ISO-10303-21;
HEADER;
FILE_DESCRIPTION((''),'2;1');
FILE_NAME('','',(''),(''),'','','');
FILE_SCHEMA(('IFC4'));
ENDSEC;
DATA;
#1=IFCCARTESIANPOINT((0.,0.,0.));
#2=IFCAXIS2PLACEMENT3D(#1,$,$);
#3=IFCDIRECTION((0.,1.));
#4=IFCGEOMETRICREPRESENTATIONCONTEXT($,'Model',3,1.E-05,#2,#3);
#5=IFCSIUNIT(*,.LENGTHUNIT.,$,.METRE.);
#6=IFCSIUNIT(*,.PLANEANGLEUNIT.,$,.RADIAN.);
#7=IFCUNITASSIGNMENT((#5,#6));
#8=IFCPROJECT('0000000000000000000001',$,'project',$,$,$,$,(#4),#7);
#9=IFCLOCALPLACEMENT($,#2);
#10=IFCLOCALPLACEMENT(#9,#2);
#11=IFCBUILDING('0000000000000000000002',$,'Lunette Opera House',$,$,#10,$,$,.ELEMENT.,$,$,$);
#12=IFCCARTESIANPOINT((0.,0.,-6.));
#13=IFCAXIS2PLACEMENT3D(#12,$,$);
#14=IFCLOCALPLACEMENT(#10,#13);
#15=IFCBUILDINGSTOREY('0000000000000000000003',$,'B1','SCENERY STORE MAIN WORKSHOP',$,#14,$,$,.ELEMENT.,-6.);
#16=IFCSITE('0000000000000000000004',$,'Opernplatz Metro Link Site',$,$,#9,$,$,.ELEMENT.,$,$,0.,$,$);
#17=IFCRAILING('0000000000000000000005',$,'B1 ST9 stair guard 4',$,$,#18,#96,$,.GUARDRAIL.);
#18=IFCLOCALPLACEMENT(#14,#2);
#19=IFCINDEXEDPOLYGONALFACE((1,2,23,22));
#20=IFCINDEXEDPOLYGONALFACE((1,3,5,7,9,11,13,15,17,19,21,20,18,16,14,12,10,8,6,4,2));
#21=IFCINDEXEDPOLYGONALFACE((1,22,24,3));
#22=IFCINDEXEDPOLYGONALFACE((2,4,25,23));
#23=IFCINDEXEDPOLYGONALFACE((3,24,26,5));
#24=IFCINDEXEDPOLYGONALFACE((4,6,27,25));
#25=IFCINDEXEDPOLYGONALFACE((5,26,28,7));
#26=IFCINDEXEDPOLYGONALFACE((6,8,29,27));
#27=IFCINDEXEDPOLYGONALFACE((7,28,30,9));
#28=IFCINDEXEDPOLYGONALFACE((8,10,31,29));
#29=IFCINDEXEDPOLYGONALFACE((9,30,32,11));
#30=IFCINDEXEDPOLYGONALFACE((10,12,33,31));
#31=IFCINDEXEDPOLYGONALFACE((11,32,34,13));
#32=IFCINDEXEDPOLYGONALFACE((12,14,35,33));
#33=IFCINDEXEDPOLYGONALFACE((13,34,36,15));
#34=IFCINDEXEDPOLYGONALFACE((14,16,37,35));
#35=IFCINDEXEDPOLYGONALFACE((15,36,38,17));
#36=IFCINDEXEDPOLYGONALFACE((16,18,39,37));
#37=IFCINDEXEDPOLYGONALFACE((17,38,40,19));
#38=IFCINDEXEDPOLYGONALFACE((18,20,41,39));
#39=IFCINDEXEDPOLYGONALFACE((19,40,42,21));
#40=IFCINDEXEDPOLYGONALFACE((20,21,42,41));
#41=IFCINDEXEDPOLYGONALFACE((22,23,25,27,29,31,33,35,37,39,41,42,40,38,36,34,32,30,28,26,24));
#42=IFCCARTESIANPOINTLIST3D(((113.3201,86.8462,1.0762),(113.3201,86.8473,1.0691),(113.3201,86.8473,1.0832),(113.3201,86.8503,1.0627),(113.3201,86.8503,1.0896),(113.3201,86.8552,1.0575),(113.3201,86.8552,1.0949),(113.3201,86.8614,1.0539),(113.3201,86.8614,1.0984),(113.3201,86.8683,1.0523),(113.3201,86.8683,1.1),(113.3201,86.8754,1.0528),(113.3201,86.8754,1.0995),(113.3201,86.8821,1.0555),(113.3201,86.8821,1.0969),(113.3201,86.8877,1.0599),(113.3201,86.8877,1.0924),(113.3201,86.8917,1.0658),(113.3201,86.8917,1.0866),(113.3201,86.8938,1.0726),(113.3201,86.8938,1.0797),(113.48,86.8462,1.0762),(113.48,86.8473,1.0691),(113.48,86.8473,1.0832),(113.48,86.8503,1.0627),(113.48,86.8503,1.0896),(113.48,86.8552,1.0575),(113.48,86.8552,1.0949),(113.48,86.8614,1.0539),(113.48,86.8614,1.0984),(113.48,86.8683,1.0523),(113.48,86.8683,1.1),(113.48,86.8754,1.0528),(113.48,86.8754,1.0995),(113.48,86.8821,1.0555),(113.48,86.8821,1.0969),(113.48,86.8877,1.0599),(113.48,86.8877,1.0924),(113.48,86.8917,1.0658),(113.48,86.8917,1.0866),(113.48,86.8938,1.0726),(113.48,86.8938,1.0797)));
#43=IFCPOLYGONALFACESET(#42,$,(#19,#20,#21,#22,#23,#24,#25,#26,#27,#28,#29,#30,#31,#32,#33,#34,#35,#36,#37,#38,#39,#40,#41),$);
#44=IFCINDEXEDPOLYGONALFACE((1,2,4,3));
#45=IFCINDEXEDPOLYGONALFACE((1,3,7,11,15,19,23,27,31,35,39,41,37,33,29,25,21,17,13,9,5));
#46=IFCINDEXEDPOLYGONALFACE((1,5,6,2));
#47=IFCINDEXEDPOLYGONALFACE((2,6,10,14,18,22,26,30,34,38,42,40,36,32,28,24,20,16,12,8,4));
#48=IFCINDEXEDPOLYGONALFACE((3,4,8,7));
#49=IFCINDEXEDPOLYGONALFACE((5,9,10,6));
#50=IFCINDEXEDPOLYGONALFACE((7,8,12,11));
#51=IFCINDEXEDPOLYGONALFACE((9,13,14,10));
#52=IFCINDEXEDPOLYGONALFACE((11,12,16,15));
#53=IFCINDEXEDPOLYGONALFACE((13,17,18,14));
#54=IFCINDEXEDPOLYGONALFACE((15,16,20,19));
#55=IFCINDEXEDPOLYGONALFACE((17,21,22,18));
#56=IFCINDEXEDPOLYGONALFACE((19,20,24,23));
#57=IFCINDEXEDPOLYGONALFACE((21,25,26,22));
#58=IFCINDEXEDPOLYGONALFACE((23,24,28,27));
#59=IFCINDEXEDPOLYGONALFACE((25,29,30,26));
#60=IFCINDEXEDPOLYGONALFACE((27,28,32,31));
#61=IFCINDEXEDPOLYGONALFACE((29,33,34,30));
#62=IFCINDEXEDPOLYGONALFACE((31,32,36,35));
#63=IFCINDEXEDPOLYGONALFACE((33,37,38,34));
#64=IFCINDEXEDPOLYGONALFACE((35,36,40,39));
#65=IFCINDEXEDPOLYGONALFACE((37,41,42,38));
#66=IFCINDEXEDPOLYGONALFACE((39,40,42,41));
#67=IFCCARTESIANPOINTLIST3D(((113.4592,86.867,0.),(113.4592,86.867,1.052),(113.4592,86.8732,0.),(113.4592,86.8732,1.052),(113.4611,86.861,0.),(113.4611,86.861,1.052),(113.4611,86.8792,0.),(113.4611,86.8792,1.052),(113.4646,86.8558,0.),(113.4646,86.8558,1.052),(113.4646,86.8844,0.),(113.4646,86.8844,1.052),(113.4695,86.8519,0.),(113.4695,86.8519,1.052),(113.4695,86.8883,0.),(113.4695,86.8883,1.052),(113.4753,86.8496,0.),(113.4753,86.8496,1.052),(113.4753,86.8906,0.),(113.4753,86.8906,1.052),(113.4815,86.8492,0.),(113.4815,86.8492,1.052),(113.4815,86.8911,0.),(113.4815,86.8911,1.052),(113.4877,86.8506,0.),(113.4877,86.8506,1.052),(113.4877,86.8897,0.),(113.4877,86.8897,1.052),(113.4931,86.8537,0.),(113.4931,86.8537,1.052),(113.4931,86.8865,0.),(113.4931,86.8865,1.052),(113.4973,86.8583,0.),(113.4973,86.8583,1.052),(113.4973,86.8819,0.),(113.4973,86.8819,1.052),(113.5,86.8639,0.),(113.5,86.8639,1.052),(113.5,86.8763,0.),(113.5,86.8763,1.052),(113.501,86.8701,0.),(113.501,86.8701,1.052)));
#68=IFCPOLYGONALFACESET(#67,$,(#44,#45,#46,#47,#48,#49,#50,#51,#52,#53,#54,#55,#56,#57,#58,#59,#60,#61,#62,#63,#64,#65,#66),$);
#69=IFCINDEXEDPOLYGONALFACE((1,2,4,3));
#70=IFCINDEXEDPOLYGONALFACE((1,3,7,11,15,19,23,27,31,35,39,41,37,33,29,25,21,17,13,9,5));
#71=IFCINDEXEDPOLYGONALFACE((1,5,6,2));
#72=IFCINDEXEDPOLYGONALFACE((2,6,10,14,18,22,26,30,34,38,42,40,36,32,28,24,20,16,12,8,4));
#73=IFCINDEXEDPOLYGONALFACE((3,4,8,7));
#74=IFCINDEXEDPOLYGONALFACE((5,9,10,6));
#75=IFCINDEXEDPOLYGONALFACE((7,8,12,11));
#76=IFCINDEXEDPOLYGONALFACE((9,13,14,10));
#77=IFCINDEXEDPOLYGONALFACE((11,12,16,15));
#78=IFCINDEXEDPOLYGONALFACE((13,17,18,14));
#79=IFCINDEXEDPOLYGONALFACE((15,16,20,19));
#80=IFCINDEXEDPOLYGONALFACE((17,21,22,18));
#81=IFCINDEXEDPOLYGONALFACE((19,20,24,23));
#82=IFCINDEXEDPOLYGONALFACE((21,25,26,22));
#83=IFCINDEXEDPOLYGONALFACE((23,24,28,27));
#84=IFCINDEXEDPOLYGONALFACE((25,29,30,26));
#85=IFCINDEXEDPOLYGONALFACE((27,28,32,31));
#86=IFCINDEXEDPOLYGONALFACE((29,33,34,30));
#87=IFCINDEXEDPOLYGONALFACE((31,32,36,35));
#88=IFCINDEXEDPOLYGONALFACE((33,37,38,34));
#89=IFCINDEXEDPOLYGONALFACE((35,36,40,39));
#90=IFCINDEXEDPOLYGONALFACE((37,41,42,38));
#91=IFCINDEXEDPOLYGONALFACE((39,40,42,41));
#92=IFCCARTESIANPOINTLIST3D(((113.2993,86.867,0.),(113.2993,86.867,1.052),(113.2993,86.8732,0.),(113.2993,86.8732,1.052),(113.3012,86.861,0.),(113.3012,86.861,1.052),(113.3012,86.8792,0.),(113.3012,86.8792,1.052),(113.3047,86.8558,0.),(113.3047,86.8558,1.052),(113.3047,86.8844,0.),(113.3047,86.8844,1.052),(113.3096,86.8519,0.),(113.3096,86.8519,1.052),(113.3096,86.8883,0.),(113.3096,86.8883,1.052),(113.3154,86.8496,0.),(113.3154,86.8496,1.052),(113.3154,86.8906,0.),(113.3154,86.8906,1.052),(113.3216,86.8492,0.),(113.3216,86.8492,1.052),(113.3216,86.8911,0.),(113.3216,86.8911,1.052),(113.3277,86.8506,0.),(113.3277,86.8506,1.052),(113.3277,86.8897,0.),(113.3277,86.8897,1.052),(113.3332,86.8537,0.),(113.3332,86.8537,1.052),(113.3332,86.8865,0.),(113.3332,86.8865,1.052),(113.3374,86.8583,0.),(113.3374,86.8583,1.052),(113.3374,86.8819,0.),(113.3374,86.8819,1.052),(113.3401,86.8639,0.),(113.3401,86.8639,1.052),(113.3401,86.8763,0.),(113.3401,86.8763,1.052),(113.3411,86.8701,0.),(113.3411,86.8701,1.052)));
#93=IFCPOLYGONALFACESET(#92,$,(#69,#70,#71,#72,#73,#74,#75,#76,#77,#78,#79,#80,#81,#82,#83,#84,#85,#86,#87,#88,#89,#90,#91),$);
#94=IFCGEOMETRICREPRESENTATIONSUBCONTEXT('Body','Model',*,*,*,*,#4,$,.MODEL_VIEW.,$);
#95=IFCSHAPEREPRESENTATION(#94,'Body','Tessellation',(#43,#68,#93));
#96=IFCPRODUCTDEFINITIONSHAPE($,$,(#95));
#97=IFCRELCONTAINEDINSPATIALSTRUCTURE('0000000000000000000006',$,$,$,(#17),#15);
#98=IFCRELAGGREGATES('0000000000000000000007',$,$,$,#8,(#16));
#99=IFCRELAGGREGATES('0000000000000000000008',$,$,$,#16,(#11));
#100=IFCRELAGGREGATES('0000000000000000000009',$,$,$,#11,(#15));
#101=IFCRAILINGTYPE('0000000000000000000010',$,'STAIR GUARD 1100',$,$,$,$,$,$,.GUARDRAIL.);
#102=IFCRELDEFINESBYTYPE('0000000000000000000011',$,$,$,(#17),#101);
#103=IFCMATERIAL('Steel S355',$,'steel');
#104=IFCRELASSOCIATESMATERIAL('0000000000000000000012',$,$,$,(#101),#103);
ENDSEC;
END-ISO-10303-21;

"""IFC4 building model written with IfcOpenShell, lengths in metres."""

from ifc_helpers import new_model, si_unit, direction, frame, origin, origin_2d, place, context, subcontext, project, spatial, circle, extrude, material, type_object, element, save


model = new_model("IFC4")

# Units and contexts
model_context = context("Model", 3, precision=1e-05, world=origin(), true_north=direction((0.0, 1.0)))
body_context = subcontext(model_context, "Body", "Model", "MODEL_VIEW")
ifc_project = project(units=[si_unit("LENGTHUNIT", "METRE"), si_unit("PLANEANGLEUNIT", "RADIAN")], contexts=[model_context])

# Site, building, storey
site_placement = place(None, origin())
site = spatial("IfcSite", under=ifc_project, at=site_placement, Name="Opernplatz Metro Link Site", CompositionType="ELEMENT", RefElevation=0.0)
building_placement = place(site_placement, origin())
building = spatial("IfcBuilding", under=site, at=building_placement, Name="Lunette Opera House", CompositionType="ELEMENT")
storey_placement = place(building_placement, frame((0.0, 0.0, -6.0)))
storey = spatial("IfcBuildingStorey", under=building, at=storey_placement, Name="B1", Description="SCENERY STORE MAIN WORKSHOP", CompositionType="ELEMENT", Elevation=-6.0)

# Railing
ifc_material_1 = material(Name="Steel S355", Category="steel")
railing_type_1 = type_object("IfcRailingType", Name="STAIR GUARD 1100", PredefinedType="GUARDRAIL", material=ifc_material_1)
railing_1_placement = place(storey_placement, frame((113.48, 86.8701, 0.0)))
element("IfcRailing", 1, at=railing_1_placement, inside=storey, type_object=railing_type_1, Name="B1 ST9 stair guard 4", PredefinedType="GUARDRAIL", context=body_context, shape_type="SweptSolid", body=[
    extrude(circle(Radius=0.0239, at=origin_2d()), frame((0.0, 0.0, 1.0762), z_axis=(-1.0, 0.0, 0.0), x_axis=(0.0, -1.0, 0.0)), (0.0, 0.0, 1.0), 0.1599),
    extrude(circle(Radius=0.021, at=origin_2d()), origin(), (0.0, 0.0, 1.0), 1.052),
    extrude(circle(Radius=0.021, at=origin_2d()), frame((-0.1599, 0.0, 0.0)), (0.0, 0.0, 1.0), 1.052),
])

save(model, "model.ifc")
